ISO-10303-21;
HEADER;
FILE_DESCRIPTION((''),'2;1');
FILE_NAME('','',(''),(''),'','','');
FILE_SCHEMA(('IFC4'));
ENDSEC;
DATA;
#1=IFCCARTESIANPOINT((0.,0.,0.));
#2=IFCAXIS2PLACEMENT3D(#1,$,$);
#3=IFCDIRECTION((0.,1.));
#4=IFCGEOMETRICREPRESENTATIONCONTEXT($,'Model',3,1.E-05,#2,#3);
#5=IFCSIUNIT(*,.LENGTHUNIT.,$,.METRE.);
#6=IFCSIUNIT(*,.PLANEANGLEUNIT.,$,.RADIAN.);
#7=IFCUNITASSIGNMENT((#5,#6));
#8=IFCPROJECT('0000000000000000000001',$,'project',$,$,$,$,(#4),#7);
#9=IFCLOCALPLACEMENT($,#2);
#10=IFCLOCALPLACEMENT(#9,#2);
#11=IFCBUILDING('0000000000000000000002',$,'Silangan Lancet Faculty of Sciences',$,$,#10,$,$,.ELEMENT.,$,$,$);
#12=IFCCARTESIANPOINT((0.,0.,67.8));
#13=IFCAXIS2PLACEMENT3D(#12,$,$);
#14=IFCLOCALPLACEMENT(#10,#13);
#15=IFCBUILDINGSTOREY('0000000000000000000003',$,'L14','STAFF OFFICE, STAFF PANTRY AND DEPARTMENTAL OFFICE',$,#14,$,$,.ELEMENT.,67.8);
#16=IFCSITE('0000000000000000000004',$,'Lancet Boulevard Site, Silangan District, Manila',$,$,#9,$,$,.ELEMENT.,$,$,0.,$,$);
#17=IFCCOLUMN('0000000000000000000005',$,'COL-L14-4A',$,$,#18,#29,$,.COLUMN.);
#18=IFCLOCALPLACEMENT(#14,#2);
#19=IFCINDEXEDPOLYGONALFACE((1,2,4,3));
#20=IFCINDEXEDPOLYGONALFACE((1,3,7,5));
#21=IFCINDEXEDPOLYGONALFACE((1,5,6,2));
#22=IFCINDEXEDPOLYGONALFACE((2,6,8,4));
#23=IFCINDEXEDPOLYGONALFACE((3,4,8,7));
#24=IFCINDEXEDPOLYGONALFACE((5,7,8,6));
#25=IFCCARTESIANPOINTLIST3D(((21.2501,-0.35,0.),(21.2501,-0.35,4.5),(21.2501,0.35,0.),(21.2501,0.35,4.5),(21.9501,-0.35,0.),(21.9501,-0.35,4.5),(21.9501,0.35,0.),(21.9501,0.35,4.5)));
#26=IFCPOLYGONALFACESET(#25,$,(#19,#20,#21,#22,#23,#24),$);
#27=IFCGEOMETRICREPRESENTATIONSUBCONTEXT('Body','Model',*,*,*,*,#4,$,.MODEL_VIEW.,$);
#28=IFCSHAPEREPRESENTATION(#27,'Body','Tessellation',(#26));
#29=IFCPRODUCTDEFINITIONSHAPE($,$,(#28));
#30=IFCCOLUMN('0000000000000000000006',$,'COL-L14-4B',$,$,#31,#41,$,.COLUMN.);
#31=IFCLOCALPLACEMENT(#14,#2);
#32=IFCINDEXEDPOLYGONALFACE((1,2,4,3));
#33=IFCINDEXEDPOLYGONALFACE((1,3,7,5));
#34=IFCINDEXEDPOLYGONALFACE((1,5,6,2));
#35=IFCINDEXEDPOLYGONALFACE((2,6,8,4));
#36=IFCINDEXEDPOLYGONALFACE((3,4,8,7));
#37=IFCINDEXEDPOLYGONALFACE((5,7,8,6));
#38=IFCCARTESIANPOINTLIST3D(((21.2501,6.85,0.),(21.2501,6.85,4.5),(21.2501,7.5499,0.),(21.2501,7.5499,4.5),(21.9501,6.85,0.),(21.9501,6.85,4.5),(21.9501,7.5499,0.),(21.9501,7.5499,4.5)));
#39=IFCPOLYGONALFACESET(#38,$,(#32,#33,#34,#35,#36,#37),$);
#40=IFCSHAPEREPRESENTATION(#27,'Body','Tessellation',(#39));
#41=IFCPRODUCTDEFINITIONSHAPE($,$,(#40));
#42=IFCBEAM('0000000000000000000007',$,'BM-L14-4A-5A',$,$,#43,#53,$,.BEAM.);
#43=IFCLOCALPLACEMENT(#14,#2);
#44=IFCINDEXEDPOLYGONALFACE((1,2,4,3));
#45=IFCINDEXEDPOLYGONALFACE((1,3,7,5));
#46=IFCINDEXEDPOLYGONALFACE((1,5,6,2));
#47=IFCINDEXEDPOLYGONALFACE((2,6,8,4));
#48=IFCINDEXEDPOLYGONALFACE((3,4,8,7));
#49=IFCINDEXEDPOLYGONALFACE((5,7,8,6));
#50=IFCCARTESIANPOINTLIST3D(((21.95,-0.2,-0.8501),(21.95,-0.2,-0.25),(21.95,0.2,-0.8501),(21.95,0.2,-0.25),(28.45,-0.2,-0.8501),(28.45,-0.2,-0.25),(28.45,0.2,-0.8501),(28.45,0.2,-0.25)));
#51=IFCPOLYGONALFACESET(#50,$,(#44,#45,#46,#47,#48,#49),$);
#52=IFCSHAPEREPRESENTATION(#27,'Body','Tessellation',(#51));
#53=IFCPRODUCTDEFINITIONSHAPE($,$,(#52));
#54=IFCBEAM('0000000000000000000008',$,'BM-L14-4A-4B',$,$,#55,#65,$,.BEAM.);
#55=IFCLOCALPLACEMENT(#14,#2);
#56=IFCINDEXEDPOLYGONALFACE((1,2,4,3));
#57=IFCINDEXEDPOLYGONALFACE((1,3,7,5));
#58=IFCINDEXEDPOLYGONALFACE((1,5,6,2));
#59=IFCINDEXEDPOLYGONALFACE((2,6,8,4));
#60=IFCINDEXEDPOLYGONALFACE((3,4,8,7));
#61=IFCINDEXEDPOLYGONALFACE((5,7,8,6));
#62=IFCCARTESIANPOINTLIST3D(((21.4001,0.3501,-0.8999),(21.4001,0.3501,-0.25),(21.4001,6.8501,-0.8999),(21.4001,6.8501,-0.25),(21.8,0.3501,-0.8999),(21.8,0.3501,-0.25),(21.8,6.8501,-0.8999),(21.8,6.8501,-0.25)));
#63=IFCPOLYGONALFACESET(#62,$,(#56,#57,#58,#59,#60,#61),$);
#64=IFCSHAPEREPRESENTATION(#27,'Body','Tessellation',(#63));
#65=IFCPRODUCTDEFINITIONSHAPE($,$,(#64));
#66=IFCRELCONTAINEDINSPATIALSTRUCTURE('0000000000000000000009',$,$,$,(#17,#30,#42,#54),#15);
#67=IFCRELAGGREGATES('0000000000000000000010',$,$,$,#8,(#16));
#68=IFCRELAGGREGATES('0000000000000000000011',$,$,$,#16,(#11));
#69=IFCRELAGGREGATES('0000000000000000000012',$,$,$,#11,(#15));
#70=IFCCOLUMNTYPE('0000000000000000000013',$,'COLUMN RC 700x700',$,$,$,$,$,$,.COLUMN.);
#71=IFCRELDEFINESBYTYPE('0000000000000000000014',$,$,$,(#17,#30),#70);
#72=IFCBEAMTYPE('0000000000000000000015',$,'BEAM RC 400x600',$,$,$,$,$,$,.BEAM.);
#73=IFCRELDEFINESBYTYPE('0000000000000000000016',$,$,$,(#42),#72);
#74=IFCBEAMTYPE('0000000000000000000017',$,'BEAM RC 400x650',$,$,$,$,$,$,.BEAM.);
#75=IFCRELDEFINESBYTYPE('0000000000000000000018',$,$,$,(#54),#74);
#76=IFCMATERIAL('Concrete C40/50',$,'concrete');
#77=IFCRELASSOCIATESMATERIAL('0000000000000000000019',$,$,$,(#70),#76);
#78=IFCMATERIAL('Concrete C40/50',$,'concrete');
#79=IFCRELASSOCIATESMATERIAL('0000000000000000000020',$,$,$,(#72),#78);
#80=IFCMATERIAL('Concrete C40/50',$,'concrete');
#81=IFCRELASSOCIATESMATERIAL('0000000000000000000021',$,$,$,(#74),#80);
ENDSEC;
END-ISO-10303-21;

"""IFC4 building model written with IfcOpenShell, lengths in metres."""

from ifc_helpers import new_model, si_unit, direction, frame, origin, origin_2d, place, context, subcontext, project, spatial, rectangle, extrude, material, material_profile, profile_set, type_object, element, save


model = new_model("IFC4")

# Units and contexts
model_context = context("Model", 3, precision=1e-05, world=origin(), true_north=direction((0.0, 1.0)))
body_context = subcontext(model_context, "Body", "Model", "MODEL_VIEW")
ifc_project = project(units=[si_unit("LENGTHUNIT", "METRE"), si_unit("PLANEANGLEUNIT", "RADIAN")], contexts=[model_context])

# Site, building, storey
site_placement = place(None, origin())
site = spatial("IfcSite", under=ifc_project, at=site_placement, Name="Lancet Boulevard Site, Silangan District, Manila", CompositionType="ELEMENT", RefElevation=0.0)
building_placement = place(site_placement, origin())
building = spatial("IfcBuilding", under=site, at=building_placement, Name="Silangan Lancet Faculty of Sciences", CompositionType="ELEMENT")
storey_placement = place(building_placement, frame((0.0, 0.0, 67.8)))
storey = spatial("IfcBuildingStorey", under=building, at=storey_placement, Name="L14", Description="STAFF OFFICE, STAFF PANTRY AND DEPARTMENTAL OFFICE", CompositionType="ELEMENT", Elevation=67.8)

# Columns
ifc_material_1 = material(Name="Concrete C40/50", Category="concrete")
ifc_material_profile_1 = material_profile(ifc_material_1, rectangle(XDim=0.7, YDim=0.7, at=origin_2d()), Name="RC 700x700")
ifc_profile_set_1 = profile_set([ifc_material_profile_1], Name="Concrete C40/50")
column_type = type_object("IfcColumnType", Name="COLUMN RC 700x700", PredefinedType="COLUMN", material=ifc_profile_set_1)
for number, where, z_axis, x_axis, name in (
    (1, (21.6001, 0.0, 0.0), (0.0, 0.0, 1.0), (1.0, 0.0, 0.0), "COL-L14-4A"),
    (2, (21.6001, 7.2, 0.0), (0.0, 0.0, 1.0), (1.0, 0.0, 0.0), "COL-L14-4B"),
):
    element("IfcColumn", number, at=place(storey_placement, frame(where, z_axis=z_axis, x_axis=x_axis)), inside=storey, type_object=column_type, Name=name, PredefinedType="COLUMN", context=body_context, shape_type="SweptSolid", body=[
        extrude(rectangle(XDim=0.7, YDim=0.7, at=origin_2d()), origin(), (0.0, 0.0, 1.0), 4.5),
    ])

# Beams
ifc_material_2 = material(Name="Concrete C40/50", Category="concrete")
ifc_material_profile_2 = material_profile(ifc_material_2, rectangle(XDim=0.3999, YDim=0.6001, at=origin_2d()), Name="RC 400x600")
ifc_profile_set_2 = profile_set([ifc_material_profile_2], Name="Concrete C40/50")
beam_type_1 = type_object("IfcBeamType", Name="BEAM RC 400x600", PredefinedType="BEAM", material=ifc_profile_set_2)
beam_1_placement = place(storey_placement, frame((21.95, 0.0, -0.55), z_axis=(1.0, 0.0, 0.0), x_axis=(0.0, 1.0, 0.0)))
element("IfcBeam", 3, at=beam_1_placement, inside=storey, type_object=beam_type_1, Name="BM-L14-4A-5A", PredefinedType="BEAM", context=body_context, shape_type="SweptSolid", body=[
    extrude(rectangle(XDim=0.3999, YDim=0.6001, at=origin_2d()), origin(), (0.0, 0.0, 1.0), 6.5),
])
ifc_material_3 = material(Name="Concrete C40/50", Category="concrete")
ifc_material_profile_3 = material_profile(ifc_material_3, rectangle(XDim=0.3999, YDim=0.6499, at=origin_2d()), Name="RC 400x650")
ifc_profile_set_3 = profile_set([ifc_material_profile_3], Name="Concrete C40/50")
beam_type_2 = type_object("IfcBeamType", Name="BEAM RC 400x650", PredefinedType="BEAM", material=ifc_profile_set_3)
beam_2_placement = place(storey_placement, frame((21.6001, 0.3501, -0.575), z_axis=(0.0, 1.0, 0.0), x_axis=(-1.0, 0.0, 0.0)))
element("IfcBeam", 4, at=beam_2_placement, inside=storey, type_object=beam_type_2, Name="BM-L14-4A-4B", PredefinedType="BEAM", context=body_context, shape_type="SweptSolid", body=[
    extrude(rectangle(XDim=0.3999, YDim=0.6499, at=origin_2d()), origin(), (0.0, 0.0, 1.0), 6.5),
])

save(model, "model.ifc")
